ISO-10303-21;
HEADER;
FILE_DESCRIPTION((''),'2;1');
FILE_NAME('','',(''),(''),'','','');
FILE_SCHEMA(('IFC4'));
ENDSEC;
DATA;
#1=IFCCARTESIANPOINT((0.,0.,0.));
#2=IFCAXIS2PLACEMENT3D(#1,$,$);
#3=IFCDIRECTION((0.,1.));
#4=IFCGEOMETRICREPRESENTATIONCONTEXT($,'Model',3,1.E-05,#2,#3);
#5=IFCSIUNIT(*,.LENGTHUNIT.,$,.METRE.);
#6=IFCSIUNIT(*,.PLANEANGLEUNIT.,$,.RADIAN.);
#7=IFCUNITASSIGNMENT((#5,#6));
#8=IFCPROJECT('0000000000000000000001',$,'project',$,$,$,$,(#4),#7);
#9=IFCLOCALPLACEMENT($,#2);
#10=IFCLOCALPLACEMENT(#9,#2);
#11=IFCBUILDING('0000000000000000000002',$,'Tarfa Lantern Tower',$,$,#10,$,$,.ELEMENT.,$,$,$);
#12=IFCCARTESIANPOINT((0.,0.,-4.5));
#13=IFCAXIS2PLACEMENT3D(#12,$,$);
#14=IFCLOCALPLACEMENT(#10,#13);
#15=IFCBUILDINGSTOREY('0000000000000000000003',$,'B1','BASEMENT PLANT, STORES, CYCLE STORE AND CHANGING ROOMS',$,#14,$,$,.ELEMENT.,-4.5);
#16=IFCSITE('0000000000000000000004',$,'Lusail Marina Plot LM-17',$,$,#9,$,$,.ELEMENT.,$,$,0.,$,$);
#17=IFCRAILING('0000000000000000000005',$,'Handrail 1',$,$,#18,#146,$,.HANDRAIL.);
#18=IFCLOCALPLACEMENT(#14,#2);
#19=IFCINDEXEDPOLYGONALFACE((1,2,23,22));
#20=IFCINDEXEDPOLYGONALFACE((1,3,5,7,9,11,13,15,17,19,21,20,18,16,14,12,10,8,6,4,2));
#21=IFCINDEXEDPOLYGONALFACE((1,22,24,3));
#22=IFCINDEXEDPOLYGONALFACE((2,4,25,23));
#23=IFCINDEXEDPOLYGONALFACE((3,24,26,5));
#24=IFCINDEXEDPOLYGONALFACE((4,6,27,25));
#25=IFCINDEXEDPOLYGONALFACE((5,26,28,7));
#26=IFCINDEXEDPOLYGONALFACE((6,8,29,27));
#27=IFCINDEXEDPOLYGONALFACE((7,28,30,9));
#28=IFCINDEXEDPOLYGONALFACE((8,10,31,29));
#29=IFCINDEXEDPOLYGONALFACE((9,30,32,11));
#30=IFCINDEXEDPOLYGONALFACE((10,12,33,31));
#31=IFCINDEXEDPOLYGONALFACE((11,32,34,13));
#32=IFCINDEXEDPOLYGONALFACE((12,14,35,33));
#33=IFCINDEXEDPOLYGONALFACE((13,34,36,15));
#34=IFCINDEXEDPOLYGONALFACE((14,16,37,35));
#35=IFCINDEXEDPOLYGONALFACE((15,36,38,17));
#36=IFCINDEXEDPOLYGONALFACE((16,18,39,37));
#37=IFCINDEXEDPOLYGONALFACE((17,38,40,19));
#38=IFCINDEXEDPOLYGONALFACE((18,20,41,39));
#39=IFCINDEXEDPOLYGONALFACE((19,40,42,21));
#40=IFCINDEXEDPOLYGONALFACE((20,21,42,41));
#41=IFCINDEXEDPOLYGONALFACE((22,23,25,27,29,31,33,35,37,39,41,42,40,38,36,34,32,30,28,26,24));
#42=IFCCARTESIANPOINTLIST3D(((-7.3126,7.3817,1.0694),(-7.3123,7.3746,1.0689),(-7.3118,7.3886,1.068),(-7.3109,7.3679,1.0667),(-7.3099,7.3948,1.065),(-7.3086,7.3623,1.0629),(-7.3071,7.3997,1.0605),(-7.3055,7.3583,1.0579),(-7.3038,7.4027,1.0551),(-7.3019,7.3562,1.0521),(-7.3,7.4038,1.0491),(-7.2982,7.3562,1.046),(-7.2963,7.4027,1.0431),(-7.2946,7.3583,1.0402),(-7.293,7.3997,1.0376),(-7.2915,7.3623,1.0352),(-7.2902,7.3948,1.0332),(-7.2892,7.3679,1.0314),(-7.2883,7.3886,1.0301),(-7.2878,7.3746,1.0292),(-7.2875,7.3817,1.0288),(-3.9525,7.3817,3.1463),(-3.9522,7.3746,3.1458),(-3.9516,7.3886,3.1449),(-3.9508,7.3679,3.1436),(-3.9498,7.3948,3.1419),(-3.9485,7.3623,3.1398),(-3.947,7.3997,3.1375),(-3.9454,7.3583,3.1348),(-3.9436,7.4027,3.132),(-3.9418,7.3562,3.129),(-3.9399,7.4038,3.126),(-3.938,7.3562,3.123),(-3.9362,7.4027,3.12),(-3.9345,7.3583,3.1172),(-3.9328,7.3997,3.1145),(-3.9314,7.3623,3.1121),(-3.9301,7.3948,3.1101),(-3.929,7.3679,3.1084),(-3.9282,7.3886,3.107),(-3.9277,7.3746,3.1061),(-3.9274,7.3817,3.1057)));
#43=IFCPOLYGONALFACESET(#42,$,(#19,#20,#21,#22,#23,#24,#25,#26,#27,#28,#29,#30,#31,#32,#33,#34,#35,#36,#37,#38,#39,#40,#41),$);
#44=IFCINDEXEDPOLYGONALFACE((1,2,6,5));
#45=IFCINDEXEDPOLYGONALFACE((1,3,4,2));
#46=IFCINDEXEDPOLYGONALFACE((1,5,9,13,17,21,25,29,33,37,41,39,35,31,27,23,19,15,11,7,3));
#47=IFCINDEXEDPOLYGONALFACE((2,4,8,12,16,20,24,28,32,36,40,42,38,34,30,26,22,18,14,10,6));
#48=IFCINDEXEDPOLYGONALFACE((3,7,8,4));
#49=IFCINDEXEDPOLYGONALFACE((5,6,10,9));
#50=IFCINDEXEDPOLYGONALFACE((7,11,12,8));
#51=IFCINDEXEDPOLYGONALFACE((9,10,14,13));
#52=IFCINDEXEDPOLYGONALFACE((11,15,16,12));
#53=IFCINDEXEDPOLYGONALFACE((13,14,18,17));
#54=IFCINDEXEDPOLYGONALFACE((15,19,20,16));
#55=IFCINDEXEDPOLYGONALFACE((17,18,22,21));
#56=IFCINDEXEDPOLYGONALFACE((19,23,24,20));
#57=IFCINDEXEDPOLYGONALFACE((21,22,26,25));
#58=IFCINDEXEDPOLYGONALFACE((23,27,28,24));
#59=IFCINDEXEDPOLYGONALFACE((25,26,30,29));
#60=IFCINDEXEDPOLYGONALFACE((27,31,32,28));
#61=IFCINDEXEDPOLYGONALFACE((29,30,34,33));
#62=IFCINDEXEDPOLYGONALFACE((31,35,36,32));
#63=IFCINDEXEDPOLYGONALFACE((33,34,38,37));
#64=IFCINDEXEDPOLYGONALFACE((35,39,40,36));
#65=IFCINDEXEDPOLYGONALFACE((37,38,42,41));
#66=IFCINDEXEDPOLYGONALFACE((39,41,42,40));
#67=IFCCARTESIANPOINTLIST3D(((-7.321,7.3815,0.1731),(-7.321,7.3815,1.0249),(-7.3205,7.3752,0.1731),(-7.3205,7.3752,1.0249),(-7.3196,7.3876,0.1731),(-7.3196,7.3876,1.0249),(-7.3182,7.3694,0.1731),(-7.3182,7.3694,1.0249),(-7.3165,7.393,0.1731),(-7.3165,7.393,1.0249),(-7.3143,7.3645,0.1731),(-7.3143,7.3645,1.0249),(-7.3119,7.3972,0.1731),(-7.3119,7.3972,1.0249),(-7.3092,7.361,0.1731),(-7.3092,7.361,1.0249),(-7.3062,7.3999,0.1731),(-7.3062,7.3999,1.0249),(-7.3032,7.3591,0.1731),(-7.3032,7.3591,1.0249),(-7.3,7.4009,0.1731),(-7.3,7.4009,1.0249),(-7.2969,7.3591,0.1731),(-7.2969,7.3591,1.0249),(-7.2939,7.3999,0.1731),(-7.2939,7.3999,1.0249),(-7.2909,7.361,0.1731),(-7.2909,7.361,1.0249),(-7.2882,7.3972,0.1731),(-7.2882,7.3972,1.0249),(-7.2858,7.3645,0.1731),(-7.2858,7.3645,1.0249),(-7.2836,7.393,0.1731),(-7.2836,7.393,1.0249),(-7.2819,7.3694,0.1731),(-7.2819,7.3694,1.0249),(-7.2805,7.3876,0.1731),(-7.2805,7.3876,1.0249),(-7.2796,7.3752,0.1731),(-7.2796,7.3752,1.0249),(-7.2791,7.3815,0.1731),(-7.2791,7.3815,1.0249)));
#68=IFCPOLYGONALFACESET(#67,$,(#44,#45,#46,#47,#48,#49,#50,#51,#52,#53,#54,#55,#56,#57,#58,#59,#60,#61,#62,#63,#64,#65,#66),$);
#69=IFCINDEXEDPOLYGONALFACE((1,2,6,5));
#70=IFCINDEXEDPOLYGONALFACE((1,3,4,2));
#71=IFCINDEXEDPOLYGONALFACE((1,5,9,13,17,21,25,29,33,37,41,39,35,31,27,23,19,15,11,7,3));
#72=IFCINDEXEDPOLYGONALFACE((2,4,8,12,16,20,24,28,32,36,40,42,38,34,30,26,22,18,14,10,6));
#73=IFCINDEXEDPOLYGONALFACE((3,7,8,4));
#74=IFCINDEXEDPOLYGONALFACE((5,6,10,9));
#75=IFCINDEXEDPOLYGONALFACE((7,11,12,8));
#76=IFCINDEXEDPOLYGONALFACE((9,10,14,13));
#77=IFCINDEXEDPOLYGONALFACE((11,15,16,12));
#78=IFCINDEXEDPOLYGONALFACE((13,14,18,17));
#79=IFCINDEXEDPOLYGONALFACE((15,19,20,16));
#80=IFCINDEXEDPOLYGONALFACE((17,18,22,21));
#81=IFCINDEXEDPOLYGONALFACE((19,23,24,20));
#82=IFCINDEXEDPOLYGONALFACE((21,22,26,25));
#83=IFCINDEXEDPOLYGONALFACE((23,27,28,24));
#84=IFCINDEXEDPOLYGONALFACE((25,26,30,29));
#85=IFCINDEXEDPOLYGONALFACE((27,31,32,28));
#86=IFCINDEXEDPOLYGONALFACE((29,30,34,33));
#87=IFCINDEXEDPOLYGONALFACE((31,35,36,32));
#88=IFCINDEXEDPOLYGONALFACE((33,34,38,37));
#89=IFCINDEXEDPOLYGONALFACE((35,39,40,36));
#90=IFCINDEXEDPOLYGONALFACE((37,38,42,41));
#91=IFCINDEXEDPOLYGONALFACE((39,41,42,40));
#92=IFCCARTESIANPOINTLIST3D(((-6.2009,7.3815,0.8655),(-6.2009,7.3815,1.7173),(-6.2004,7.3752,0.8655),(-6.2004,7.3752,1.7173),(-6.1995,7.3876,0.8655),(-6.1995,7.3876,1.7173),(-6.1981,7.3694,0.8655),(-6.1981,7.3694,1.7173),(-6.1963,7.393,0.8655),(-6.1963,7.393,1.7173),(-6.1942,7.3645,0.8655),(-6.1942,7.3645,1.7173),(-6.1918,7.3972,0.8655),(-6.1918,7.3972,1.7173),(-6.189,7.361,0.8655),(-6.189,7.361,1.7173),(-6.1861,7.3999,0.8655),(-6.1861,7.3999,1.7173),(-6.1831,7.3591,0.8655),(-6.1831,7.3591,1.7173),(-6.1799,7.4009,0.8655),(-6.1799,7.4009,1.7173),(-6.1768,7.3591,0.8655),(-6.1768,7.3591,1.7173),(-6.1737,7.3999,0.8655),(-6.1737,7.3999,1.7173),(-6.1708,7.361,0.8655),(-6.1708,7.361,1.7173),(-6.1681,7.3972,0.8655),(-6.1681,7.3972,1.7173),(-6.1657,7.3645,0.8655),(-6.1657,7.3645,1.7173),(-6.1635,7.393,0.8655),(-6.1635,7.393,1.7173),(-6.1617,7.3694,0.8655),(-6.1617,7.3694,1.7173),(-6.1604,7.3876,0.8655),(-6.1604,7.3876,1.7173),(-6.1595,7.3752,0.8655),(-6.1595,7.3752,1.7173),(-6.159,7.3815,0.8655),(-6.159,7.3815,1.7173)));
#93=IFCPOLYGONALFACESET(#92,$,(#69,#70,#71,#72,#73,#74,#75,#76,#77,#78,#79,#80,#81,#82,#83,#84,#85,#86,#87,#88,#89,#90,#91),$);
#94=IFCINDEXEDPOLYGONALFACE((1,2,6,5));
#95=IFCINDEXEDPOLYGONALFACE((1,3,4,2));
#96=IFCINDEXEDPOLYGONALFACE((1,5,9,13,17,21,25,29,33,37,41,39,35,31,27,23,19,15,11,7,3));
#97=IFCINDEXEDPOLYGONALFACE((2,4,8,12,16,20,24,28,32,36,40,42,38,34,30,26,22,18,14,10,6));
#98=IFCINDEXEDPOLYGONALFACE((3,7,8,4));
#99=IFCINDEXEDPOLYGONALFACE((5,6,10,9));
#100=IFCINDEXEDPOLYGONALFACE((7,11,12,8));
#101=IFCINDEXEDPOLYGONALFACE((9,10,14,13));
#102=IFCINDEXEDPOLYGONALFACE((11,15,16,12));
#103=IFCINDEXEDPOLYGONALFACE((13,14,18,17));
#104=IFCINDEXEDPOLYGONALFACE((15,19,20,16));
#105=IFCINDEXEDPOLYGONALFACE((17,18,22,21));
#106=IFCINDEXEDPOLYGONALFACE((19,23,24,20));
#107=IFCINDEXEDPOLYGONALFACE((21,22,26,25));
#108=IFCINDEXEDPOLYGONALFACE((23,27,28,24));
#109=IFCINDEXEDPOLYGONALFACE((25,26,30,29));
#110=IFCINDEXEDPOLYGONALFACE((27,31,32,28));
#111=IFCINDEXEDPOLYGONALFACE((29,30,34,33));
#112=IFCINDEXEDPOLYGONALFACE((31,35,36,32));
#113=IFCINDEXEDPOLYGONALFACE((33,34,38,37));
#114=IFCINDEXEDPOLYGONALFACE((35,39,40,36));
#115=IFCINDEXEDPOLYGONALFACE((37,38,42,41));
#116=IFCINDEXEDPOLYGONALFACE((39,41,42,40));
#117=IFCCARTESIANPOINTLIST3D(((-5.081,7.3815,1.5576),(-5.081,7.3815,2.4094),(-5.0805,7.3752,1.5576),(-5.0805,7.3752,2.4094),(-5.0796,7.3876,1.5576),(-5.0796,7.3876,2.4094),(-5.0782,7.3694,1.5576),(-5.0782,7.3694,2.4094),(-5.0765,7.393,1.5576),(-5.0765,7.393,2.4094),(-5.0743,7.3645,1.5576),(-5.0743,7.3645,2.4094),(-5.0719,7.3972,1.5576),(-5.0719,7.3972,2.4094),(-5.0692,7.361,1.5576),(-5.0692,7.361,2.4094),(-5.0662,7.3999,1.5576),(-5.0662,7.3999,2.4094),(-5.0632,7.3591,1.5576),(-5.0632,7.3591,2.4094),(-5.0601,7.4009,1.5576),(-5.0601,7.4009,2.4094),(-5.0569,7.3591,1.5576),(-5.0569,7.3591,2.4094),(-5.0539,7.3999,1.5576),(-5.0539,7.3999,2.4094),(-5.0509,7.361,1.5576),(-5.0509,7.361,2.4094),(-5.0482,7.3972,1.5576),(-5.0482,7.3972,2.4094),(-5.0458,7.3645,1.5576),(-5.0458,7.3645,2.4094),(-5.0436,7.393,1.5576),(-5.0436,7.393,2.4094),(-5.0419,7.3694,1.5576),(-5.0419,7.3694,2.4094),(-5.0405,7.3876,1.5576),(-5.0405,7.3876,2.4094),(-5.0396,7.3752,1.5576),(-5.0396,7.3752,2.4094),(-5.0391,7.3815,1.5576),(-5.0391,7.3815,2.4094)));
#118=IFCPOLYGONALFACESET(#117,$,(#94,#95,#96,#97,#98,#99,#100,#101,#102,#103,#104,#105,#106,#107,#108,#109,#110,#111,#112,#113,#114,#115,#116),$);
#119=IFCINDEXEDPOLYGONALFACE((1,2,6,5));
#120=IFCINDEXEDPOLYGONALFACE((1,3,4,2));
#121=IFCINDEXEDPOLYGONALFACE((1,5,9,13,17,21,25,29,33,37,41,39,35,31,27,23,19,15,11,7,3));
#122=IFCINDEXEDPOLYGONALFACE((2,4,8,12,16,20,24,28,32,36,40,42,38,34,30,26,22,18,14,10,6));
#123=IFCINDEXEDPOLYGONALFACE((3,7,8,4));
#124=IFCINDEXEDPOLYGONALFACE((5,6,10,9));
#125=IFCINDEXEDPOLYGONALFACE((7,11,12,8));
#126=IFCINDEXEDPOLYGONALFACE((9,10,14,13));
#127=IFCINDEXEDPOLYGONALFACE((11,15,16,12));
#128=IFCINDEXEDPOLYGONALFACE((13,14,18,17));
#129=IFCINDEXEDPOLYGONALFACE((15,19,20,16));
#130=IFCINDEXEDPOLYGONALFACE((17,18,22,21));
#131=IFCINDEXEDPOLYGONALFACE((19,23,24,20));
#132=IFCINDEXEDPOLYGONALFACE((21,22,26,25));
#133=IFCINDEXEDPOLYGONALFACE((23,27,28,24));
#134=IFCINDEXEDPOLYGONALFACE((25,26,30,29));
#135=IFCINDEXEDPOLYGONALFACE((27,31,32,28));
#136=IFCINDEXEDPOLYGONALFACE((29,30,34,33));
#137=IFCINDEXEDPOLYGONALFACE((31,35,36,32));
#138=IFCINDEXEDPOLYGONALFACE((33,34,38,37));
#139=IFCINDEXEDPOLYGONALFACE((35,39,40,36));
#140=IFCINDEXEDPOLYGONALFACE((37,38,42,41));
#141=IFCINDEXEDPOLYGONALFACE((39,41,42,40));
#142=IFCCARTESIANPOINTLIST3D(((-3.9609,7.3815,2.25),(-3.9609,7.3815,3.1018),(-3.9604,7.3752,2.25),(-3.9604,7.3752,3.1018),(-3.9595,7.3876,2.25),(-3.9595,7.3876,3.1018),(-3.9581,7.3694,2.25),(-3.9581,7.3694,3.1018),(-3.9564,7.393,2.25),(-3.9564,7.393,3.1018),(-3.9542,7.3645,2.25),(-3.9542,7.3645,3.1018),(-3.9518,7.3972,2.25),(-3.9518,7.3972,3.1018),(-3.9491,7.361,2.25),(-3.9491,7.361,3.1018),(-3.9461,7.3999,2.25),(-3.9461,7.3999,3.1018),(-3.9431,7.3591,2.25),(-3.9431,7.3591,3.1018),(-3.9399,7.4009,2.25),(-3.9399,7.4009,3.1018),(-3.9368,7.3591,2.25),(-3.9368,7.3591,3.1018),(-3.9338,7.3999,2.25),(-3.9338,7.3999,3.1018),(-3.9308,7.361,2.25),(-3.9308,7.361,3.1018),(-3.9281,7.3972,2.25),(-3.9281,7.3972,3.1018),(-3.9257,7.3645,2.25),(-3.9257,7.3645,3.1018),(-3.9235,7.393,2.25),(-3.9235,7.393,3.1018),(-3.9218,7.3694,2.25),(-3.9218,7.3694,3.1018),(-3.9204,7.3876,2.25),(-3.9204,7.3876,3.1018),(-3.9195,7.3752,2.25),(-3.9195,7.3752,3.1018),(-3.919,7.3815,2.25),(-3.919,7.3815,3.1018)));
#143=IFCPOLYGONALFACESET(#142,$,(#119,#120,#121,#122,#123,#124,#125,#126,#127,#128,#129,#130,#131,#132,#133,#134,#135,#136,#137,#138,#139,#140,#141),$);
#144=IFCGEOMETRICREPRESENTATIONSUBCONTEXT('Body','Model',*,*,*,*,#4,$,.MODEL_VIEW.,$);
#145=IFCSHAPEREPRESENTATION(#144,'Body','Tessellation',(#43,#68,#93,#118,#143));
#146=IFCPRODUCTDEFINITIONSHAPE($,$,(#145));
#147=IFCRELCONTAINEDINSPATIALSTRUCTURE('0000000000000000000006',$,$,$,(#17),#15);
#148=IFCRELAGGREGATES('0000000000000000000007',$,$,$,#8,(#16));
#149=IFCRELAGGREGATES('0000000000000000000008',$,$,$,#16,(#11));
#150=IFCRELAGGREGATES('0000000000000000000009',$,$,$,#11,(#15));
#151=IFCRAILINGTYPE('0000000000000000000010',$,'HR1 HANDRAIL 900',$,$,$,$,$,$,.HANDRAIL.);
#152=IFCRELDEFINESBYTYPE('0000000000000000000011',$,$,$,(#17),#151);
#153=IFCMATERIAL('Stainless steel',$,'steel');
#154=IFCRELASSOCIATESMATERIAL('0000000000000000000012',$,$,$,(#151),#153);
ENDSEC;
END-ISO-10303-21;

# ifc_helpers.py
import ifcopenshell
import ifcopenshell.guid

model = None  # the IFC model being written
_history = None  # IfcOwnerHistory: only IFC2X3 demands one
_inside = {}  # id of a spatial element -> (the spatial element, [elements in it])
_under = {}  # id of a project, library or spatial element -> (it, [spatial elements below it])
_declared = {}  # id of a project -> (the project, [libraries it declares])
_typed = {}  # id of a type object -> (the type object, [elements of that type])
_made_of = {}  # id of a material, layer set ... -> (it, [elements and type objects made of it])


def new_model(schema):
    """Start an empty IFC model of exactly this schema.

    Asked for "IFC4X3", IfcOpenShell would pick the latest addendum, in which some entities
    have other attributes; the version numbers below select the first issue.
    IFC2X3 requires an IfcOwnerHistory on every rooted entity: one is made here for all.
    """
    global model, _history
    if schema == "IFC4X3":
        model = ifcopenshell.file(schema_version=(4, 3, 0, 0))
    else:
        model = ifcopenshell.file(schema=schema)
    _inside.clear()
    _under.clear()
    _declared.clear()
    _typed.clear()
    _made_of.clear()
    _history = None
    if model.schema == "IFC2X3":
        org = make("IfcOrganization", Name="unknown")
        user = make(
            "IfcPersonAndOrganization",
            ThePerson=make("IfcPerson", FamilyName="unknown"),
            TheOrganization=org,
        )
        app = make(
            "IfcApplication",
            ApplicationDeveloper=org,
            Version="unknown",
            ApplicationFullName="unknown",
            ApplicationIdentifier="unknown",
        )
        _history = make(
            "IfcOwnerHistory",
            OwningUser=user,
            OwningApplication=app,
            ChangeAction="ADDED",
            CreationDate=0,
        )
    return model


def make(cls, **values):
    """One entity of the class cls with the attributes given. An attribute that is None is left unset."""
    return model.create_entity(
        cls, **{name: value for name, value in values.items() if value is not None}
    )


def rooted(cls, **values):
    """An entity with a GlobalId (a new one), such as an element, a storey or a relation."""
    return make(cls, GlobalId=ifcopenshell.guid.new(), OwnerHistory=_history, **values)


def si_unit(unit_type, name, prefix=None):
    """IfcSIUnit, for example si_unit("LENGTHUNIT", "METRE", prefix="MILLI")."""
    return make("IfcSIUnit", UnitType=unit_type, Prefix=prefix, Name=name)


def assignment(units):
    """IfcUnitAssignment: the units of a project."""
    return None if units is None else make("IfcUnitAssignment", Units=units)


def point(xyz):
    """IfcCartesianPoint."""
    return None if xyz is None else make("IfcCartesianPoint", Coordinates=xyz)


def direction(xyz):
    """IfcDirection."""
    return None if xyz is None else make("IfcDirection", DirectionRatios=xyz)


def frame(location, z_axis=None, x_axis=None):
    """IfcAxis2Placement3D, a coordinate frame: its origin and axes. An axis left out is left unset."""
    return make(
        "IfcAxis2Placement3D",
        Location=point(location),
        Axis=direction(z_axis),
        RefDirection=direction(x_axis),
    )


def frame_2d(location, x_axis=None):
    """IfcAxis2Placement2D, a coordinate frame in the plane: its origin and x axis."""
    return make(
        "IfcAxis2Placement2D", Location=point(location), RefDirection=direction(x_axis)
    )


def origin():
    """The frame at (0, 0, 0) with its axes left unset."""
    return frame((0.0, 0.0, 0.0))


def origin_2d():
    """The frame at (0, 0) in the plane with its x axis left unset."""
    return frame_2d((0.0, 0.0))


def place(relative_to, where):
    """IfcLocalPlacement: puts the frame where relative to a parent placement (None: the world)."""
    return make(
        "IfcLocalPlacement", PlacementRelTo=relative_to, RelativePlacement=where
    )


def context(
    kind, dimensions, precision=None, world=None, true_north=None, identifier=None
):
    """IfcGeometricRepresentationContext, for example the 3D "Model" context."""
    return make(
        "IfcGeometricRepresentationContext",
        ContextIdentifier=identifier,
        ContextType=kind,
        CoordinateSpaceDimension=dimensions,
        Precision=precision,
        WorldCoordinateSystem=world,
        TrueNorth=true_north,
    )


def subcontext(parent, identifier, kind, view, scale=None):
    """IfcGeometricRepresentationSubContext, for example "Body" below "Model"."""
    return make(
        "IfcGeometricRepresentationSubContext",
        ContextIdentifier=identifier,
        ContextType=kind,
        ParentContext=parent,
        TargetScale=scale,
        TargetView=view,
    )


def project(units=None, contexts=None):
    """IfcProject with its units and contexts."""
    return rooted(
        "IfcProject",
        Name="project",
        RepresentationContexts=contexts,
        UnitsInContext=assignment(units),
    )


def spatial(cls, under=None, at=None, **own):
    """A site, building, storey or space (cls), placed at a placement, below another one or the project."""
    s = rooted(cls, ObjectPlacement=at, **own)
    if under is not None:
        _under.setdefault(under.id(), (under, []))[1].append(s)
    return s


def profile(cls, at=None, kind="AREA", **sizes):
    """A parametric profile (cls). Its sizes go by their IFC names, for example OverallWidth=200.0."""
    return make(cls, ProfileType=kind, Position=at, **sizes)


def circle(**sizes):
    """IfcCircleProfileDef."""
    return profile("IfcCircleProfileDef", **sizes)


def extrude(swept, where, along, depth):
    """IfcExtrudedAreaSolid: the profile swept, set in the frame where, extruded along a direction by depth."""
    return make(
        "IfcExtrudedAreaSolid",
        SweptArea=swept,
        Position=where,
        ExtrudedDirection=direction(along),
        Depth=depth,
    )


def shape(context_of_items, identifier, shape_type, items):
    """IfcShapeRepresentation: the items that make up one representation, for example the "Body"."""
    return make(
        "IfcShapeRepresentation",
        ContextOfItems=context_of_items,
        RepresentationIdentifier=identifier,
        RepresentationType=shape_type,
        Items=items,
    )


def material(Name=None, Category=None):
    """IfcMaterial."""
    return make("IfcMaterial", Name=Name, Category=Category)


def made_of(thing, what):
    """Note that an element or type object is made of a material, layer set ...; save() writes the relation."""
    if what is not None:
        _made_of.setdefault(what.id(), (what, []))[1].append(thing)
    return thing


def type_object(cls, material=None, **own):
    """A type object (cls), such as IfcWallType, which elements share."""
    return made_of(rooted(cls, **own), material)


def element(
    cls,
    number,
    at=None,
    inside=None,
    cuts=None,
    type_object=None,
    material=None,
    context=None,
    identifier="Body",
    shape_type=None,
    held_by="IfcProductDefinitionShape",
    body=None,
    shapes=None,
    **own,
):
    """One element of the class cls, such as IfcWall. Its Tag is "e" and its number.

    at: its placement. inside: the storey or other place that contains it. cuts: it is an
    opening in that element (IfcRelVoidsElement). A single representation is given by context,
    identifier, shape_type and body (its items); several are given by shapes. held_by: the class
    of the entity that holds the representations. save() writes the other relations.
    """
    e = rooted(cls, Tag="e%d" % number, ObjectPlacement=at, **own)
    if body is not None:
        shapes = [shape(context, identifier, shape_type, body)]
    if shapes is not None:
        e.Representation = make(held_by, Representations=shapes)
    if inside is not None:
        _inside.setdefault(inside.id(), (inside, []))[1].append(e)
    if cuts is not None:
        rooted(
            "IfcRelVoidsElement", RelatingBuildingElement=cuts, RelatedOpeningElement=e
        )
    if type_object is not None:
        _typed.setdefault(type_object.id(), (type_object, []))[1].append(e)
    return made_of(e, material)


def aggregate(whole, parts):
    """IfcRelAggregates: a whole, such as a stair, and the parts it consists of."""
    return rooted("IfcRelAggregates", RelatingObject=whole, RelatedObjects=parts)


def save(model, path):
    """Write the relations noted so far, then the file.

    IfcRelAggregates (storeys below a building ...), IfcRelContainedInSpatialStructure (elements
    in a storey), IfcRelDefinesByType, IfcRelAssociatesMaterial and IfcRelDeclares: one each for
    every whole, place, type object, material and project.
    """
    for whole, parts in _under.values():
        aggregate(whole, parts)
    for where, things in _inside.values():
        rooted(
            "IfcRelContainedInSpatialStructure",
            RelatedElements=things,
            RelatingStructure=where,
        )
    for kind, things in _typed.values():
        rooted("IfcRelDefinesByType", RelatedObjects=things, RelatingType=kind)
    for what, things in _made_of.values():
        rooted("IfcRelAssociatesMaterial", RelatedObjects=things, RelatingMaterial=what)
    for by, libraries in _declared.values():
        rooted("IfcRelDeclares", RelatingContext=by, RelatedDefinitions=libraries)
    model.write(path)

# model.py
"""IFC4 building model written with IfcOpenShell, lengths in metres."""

from ifc_helpers import new_model, si_unit, direction, frame, origin, origin_2d, place, context, subcontext, project, spatial, circle, extrude, material, type_object, element, save


model = new_model("IFC4")

# Units and contexts
model_context = context("Model", 3, precision=1e-05, world=origin(), true_north=direction((0.0, 1.0)))
body_context = subcontext(model_context, "Body", "Model", "MODEL_VIEW")
ifc_project = project(units=[si_unit("LENGTHUNIT", "METRE"), si_unit("PLANEANGLEUNIT", "RADIAN")], contexts=[model_context])

# Site, building, storey
site_placement = place(None, origin())
site = spatial("IfcSite", under=ifc_project, at=site_placement, Name="Lusail Marina Plot LM-17", CompositionType="ELEMENT", RefElevation=0.0)
building_placement = place(site_placement, origin())
building = spatial("IfcBuilding", under=site, at=building_placement, Name="Tarfa Lantern Tower", CompositionType="ELEMENT")
storey_placement = place(building_placement, frame((0.0, 0.0, -4.5)))
storey = spatial("IfcBuildingStorey", under=building, at=storey_placement, Name="B1", Description="BASEMENT PLANT, STORES, CYCLE STORE AND CHANGING ROOMS", CompositionType="ELEMENT", Elevation=-4.5)

# Railing
ifc_material_1 = material(Name="Stainless steel", Category="steel")
railing_type = type_object("IfcRailingType", Name="HR1 HANDRAIL 900", PredefinedType="HANDRAIL", material=ifc_material_1)
railing_1_placement = place(storey_placement, frame((-7.3, 7.3799, 0.1731)))
element("IfcRailing", 1, at=railing_1_placement, inside=storey, type_object=railing_type, Name="Handrail 1", PredefinedType="HANDRAIL", context=body_context, shape_type="SweptSolid", body=[
    extrude(circle(Radius=0.0239, at=origin_2d()), frame((0.0, 0.0, 0.876), z_axis=(0.850623, 0.0, 0.525776), x_axis=(0.0, 1.0, 0.0)), (0.0, 0.0, 1.0), 3.9502),
    extrude(circle(Radius=0.021, at=origin_2d()), frame((0.0, 0.0, 0.0), z_axis=(0.0, 0.0, 1.0), x_axis=(0.0, 1.0, 0.0)), (0.0, 0.0, 1.0), 0.8518),
    extrude(circle(Radius=0.021, at=origin_2d()), frame((1.1201, 0.0, 0.6924), z_axis=(0.0, 0.0, 1.0), x_axis=(0.0, 1.0, 0.0)), (0.0, 0.0, 1.0), 0.8518),
    extrude(circle(Radius=0.021, at=origin_2d()), frame((2.24, 0.0, 1.3845), z_axis=(0.0, 0.0, 1.0), x_axis=(0.0, 1.0, 0.0)), (0.0, 0.0, 1.0), 0.8518),
    extrude(circle(Radius=0.021, at=origin_2d()), frame((3.3601, 0.0, 2.0769), z_axis=(0.0, 0.0, 1.0), x_axis=(0.0, 1.0, 0.0)), (0.0, 0.0, 1.0), 0.8518),
])

save(model, "model.ifc")
